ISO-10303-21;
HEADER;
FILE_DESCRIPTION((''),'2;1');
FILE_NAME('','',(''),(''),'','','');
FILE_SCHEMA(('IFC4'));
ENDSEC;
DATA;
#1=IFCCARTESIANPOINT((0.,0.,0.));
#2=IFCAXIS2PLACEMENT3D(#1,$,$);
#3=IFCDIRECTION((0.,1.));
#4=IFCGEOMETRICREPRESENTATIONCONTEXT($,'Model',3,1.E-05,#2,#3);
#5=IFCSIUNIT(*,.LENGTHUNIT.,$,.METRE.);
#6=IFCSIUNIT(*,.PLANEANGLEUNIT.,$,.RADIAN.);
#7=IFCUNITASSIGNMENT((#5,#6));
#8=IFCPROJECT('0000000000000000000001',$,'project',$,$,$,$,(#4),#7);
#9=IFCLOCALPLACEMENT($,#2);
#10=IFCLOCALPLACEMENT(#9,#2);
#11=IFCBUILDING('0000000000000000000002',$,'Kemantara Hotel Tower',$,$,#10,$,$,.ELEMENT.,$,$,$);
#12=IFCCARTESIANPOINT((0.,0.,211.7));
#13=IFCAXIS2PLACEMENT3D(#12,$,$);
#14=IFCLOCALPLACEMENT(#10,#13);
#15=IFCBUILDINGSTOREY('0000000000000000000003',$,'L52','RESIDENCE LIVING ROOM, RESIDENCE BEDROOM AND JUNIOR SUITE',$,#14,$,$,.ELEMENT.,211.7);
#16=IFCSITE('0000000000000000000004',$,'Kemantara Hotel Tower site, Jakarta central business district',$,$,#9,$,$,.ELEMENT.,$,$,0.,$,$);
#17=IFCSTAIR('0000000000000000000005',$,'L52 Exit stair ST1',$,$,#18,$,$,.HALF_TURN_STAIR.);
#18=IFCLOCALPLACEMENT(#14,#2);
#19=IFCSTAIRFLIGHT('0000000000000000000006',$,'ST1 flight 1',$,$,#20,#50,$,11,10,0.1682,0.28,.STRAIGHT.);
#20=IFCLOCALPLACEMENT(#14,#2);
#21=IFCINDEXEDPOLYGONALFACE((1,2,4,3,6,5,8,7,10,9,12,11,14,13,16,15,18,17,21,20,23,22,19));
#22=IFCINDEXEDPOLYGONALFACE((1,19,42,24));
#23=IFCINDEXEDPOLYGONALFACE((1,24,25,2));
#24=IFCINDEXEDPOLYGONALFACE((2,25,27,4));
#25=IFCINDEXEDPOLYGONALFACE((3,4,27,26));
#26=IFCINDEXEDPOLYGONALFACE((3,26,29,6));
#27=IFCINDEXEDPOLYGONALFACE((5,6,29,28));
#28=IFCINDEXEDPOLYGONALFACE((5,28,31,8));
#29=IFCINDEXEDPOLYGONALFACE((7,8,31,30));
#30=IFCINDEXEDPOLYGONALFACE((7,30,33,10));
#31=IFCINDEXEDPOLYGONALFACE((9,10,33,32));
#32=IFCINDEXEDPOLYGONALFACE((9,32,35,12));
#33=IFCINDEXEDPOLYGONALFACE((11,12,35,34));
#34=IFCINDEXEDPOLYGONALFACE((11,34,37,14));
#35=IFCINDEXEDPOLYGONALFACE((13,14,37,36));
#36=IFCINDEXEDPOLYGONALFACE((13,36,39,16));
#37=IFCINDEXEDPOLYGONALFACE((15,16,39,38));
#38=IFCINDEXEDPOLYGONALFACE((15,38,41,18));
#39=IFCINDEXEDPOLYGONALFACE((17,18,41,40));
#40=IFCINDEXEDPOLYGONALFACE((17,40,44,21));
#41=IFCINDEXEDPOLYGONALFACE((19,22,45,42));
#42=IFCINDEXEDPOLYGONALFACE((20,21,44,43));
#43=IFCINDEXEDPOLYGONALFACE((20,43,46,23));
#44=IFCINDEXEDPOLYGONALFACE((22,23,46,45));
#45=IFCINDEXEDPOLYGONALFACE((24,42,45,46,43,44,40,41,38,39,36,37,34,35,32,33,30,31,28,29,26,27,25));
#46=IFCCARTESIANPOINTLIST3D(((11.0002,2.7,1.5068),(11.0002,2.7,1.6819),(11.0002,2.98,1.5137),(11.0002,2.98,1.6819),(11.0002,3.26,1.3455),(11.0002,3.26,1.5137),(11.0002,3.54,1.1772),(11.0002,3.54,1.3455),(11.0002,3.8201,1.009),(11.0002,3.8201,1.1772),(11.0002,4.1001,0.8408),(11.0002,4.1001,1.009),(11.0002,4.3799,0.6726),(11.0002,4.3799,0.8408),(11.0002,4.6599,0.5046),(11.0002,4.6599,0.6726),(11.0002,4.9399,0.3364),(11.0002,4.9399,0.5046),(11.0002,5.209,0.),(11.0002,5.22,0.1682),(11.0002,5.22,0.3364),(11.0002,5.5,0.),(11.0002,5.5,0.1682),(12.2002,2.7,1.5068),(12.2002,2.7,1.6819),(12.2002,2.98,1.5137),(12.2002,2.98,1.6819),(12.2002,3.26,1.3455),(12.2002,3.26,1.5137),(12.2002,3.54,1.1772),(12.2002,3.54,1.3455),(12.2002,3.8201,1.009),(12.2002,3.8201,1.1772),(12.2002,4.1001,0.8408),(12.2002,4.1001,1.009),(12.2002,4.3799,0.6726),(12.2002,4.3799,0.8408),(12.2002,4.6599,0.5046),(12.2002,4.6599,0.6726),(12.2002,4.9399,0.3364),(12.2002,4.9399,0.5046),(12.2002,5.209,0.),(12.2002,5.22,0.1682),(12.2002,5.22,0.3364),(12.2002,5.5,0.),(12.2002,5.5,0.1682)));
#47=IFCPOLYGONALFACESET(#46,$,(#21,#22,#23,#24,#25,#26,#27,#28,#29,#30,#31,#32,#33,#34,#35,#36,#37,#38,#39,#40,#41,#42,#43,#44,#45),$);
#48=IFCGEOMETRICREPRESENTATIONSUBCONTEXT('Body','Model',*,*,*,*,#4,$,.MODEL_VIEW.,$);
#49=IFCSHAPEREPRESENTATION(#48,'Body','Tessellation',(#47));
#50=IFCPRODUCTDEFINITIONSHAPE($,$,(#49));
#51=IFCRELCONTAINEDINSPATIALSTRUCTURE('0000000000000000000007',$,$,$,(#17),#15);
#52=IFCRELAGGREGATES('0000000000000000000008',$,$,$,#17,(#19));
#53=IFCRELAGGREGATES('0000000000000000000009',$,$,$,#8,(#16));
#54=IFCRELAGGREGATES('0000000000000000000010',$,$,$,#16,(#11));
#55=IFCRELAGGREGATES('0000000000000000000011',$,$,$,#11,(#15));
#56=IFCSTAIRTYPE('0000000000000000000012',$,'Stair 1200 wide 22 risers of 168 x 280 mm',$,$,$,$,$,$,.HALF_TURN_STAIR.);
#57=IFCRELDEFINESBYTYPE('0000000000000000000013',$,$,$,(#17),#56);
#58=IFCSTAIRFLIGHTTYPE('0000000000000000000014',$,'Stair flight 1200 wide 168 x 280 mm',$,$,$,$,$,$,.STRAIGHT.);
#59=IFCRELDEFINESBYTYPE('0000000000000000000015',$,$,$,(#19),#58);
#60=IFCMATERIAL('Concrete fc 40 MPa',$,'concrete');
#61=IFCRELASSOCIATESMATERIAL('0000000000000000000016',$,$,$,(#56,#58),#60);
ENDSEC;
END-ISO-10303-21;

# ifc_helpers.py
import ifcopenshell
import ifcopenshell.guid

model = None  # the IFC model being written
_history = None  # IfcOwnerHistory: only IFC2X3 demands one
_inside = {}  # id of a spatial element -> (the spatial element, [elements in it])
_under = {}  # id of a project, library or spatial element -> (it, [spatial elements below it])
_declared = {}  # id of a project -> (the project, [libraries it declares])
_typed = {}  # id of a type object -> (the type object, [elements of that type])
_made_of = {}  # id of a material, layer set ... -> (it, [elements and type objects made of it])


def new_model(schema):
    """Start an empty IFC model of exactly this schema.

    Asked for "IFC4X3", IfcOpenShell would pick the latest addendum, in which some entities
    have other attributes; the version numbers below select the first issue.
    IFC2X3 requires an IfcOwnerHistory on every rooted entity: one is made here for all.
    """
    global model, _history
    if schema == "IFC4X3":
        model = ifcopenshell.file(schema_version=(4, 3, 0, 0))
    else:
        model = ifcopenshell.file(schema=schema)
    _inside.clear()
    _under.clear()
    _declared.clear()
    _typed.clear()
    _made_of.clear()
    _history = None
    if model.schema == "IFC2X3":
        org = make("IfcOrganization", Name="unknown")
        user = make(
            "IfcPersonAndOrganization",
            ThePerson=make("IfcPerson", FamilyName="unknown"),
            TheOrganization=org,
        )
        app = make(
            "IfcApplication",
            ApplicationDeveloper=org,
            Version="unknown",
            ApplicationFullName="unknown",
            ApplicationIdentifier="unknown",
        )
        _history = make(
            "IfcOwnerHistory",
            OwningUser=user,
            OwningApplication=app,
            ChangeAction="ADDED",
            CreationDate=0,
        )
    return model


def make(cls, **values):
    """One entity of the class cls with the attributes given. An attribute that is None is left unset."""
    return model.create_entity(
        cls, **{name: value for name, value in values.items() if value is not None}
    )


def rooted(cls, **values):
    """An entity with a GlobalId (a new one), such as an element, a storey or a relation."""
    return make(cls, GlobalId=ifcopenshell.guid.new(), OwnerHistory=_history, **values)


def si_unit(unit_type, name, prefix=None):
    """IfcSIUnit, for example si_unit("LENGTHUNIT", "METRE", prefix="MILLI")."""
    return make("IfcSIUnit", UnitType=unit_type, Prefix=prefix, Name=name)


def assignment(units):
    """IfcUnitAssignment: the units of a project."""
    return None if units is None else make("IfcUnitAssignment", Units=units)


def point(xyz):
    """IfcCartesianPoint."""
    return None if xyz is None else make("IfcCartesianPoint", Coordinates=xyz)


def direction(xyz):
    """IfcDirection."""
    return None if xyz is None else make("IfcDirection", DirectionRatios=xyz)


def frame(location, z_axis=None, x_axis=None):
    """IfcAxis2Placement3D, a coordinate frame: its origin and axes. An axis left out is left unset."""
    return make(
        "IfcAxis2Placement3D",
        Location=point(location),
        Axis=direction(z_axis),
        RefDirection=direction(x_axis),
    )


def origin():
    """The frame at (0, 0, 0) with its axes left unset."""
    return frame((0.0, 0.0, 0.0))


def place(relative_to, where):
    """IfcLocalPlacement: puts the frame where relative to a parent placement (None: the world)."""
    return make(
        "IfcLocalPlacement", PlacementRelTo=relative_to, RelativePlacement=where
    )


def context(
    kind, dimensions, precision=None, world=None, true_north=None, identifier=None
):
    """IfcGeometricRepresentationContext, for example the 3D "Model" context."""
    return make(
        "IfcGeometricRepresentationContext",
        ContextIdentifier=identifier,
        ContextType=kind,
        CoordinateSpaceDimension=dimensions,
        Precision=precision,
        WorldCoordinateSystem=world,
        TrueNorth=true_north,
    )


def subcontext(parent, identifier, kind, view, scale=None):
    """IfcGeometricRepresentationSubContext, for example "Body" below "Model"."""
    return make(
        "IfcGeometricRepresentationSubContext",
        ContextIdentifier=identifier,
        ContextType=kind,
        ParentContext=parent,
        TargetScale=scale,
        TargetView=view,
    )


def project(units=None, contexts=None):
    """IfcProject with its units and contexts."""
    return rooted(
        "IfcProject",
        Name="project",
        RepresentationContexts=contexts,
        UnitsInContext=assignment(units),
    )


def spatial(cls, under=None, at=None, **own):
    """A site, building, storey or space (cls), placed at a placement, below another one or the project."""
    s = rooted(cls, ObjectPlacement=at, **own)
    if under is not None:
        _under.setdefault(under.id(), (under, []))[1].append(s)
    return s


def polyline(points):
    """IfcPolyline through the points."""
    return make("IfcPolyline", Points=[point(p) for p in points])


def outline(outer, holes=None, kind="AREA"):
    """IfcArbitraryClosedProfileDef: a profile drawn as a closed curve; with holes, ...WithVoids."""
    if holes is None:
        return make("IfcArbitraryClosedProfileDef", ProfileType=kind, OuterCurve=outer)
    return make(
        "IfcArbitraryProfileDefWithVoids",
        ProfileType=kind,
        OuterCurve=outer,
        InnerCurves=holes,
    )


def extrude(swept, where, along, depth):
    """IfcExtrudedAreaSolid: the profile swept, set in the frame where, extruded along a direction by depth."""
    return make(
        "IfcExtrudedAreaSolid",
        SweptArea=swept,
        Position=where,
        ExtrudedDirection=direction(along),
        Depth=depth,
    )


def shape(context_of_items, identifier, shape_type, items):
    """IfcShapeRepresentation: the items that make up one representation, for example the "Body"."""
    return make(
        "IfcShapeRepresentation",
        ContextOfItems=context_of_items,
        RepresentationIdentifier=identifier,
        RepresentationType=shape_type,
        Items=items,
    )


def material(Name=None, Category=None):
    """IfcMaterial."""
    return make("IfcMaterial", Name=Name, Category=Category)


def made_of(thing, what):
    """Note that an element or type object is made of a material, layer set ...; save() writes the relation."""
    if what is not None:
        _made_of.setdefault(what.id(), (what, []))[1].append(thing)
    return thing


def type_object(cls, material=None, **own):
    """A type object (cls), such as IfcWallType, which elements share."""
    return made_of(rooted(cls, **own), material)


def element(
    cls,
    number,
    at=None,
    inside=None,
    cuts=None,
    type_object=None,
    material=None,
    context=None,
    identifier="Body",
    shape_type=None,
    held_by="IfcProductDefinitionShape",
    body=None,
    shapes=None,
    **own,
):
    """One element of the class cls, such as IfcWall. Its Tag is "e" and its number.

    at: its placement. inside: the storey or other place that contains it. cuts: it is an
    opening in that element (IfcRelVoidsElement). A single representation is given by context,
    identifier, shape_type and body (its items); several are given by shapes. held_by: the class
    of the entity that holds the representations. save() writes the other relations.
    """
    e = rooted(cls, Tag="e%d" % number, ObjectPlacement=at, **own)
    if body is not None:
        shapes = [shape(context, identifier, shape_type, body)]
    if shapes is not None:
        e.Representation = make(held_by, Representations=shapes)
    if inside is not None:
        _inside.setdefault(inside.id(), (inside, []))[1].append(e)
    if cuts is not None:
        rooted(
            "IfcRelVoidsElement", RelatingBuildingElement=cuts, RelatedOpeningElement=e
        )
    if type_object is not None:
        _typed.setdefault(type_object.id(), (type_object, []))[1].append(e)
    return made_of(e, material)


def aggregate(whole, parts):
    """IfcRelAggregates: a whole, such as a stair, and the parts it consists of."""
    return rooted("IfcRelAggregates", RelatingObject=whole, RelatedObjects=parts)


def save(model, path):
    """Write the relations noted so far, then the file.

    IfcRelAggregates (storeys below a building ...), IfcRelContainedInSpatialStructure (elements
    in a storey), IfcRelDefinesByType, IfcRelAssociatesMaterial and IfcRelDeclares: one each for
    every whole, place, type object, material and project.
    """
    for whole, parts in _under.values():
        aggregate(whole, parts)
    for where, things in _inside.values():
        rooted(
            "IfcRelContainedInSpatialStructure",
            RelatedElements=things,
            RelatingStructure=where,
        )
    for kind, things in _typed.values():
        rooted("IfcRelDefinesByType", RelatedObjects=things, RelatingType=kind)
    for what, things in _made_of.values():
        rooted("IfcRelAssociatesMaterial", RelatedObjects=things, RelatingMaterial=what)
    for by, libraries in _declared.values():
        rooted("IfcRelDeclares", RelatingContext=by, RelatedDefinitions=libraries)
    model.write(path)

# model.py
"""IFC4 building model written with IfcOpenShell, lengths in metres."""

from ifc_helpers import new_model, si_unit, direction, frame, origin, place, context, subcontext, project, spatial, polyline, outline, extrude, material, type_object, element, aggregate, save


model = new_model("IFC4")

# Units and contexts
model_context = context("Model", 3, precision=1e-05, world=origin(), true_north=direction((0.0, 1.0)))
body_context = subcontext(model_context, "Body", "Model", "MODEL_VIEW")
ifc_project = project(units=[si_unit("LENGTHUNIT", "METRE"), si_unit("PLANEANGLEUNIT", "RADIAN")], contexts=[model_context])

# Site, building, storey
site_placement = place(None, origin())
site = spatial("IfcSite", under=ifc_project, at=site_placement, Name="Kemantara Hotel Tower site, Jakarta central business district", CompositionType="ELEMENT", RefElevation=0.0)
building_placement = place(site_placement, origin())
building = spatial("IfcBuilding", under=site, at=building_placement, Name="Kemantara Hotel Tower", CompositionType="ELEMENT")
storey_placement = place(building_placement, frame((0.0, 0.0, 211.7)))
storey = spatial("IfcBuildingStorey", under=building, at=storey_placement, Name="L52", Description="RESIDENCE LIVING ROOM, RESIDENCE BEDROOM AND JUNIOR SUITE", CompositionType="ELEMENT", Elevation=211.7)

# Stair, stair flight
ifc_material_1 = material(Name="Concrete fc 40 MPa", Category="concrete")
stair_type = type_object("IfcStairType", Name="Stair 1200 wide 22 risers of 168 x 280 mm", PredefinedType="HALF_TURN_STAIR", material=ifc_material_1)
stair_placement = place(storey_placement, origin())
stair = element("IfcStair", 1, at=stair_placement, inside=storey, type_object=stair_type, Name="L52 Exit stair ST1", PredefinedType="HALF_TURN_STAIR")
stair_flight_type = type_object("IfcStairFlightType", Name="Stair flight 1200 wide 168 x 280 mm", PredefinedType="STRAIGHT", material=ifc_material_1)
stair_flight_placement = place(storey_placement, frame((11.6001, 5.5, 0.0), z_axis=(0.0, 0.0, 1.0), x_axis=(0.0, -1.0, 0.0)))
stair_flight = element("IfcStairFlight", 2, at=stair_flight_placement, type_object=stair_flight_type, Name="ST1 flight 1", NumberOfRisers=11, NumberOfTreads=10, PredefinedType="STRAIGHT", RiserHeight=0.1682, TreadLength=0.28, context=body_context, shape_type="SweptSolid", body=[
    extrude(outline(polyline([(0.0, 0.0), (0.0, 0.1682), (0.28, 0.1682), (0.28, 0.3364), (0.5601, 0.3364), (0.5601, 0.5046), (0.8401, 0.5046), (0.8401, 0.6726), (1.1201, 0.6726), (1.1201, 0.8408), (1.3999, 0.8408), (1.3999, 1.009), (1.6799, 1.009), (1.6799, 1.1772), (1.96, 1.1772), (1.96, 1.3455), (2.24, 1.3455), (2.24, 1.5137), (2.52, 1.5137), (2.52, 1.6819), (2.8, 1.6819), (2.8, 1.8501), (2.8, 1.5068), (0.291, 0.0), (0.0, 0.0)])), frame((0.0, 0.6001, 0.0), z_axis=(0.0, -1.0, 0.0), x_axis=(1.0, 0.0, 0.0)), (0.0, 0.0, 1.0), 1.2),
])
aggregate(stair, [stair_flight])

save(model, "model.ifc")
